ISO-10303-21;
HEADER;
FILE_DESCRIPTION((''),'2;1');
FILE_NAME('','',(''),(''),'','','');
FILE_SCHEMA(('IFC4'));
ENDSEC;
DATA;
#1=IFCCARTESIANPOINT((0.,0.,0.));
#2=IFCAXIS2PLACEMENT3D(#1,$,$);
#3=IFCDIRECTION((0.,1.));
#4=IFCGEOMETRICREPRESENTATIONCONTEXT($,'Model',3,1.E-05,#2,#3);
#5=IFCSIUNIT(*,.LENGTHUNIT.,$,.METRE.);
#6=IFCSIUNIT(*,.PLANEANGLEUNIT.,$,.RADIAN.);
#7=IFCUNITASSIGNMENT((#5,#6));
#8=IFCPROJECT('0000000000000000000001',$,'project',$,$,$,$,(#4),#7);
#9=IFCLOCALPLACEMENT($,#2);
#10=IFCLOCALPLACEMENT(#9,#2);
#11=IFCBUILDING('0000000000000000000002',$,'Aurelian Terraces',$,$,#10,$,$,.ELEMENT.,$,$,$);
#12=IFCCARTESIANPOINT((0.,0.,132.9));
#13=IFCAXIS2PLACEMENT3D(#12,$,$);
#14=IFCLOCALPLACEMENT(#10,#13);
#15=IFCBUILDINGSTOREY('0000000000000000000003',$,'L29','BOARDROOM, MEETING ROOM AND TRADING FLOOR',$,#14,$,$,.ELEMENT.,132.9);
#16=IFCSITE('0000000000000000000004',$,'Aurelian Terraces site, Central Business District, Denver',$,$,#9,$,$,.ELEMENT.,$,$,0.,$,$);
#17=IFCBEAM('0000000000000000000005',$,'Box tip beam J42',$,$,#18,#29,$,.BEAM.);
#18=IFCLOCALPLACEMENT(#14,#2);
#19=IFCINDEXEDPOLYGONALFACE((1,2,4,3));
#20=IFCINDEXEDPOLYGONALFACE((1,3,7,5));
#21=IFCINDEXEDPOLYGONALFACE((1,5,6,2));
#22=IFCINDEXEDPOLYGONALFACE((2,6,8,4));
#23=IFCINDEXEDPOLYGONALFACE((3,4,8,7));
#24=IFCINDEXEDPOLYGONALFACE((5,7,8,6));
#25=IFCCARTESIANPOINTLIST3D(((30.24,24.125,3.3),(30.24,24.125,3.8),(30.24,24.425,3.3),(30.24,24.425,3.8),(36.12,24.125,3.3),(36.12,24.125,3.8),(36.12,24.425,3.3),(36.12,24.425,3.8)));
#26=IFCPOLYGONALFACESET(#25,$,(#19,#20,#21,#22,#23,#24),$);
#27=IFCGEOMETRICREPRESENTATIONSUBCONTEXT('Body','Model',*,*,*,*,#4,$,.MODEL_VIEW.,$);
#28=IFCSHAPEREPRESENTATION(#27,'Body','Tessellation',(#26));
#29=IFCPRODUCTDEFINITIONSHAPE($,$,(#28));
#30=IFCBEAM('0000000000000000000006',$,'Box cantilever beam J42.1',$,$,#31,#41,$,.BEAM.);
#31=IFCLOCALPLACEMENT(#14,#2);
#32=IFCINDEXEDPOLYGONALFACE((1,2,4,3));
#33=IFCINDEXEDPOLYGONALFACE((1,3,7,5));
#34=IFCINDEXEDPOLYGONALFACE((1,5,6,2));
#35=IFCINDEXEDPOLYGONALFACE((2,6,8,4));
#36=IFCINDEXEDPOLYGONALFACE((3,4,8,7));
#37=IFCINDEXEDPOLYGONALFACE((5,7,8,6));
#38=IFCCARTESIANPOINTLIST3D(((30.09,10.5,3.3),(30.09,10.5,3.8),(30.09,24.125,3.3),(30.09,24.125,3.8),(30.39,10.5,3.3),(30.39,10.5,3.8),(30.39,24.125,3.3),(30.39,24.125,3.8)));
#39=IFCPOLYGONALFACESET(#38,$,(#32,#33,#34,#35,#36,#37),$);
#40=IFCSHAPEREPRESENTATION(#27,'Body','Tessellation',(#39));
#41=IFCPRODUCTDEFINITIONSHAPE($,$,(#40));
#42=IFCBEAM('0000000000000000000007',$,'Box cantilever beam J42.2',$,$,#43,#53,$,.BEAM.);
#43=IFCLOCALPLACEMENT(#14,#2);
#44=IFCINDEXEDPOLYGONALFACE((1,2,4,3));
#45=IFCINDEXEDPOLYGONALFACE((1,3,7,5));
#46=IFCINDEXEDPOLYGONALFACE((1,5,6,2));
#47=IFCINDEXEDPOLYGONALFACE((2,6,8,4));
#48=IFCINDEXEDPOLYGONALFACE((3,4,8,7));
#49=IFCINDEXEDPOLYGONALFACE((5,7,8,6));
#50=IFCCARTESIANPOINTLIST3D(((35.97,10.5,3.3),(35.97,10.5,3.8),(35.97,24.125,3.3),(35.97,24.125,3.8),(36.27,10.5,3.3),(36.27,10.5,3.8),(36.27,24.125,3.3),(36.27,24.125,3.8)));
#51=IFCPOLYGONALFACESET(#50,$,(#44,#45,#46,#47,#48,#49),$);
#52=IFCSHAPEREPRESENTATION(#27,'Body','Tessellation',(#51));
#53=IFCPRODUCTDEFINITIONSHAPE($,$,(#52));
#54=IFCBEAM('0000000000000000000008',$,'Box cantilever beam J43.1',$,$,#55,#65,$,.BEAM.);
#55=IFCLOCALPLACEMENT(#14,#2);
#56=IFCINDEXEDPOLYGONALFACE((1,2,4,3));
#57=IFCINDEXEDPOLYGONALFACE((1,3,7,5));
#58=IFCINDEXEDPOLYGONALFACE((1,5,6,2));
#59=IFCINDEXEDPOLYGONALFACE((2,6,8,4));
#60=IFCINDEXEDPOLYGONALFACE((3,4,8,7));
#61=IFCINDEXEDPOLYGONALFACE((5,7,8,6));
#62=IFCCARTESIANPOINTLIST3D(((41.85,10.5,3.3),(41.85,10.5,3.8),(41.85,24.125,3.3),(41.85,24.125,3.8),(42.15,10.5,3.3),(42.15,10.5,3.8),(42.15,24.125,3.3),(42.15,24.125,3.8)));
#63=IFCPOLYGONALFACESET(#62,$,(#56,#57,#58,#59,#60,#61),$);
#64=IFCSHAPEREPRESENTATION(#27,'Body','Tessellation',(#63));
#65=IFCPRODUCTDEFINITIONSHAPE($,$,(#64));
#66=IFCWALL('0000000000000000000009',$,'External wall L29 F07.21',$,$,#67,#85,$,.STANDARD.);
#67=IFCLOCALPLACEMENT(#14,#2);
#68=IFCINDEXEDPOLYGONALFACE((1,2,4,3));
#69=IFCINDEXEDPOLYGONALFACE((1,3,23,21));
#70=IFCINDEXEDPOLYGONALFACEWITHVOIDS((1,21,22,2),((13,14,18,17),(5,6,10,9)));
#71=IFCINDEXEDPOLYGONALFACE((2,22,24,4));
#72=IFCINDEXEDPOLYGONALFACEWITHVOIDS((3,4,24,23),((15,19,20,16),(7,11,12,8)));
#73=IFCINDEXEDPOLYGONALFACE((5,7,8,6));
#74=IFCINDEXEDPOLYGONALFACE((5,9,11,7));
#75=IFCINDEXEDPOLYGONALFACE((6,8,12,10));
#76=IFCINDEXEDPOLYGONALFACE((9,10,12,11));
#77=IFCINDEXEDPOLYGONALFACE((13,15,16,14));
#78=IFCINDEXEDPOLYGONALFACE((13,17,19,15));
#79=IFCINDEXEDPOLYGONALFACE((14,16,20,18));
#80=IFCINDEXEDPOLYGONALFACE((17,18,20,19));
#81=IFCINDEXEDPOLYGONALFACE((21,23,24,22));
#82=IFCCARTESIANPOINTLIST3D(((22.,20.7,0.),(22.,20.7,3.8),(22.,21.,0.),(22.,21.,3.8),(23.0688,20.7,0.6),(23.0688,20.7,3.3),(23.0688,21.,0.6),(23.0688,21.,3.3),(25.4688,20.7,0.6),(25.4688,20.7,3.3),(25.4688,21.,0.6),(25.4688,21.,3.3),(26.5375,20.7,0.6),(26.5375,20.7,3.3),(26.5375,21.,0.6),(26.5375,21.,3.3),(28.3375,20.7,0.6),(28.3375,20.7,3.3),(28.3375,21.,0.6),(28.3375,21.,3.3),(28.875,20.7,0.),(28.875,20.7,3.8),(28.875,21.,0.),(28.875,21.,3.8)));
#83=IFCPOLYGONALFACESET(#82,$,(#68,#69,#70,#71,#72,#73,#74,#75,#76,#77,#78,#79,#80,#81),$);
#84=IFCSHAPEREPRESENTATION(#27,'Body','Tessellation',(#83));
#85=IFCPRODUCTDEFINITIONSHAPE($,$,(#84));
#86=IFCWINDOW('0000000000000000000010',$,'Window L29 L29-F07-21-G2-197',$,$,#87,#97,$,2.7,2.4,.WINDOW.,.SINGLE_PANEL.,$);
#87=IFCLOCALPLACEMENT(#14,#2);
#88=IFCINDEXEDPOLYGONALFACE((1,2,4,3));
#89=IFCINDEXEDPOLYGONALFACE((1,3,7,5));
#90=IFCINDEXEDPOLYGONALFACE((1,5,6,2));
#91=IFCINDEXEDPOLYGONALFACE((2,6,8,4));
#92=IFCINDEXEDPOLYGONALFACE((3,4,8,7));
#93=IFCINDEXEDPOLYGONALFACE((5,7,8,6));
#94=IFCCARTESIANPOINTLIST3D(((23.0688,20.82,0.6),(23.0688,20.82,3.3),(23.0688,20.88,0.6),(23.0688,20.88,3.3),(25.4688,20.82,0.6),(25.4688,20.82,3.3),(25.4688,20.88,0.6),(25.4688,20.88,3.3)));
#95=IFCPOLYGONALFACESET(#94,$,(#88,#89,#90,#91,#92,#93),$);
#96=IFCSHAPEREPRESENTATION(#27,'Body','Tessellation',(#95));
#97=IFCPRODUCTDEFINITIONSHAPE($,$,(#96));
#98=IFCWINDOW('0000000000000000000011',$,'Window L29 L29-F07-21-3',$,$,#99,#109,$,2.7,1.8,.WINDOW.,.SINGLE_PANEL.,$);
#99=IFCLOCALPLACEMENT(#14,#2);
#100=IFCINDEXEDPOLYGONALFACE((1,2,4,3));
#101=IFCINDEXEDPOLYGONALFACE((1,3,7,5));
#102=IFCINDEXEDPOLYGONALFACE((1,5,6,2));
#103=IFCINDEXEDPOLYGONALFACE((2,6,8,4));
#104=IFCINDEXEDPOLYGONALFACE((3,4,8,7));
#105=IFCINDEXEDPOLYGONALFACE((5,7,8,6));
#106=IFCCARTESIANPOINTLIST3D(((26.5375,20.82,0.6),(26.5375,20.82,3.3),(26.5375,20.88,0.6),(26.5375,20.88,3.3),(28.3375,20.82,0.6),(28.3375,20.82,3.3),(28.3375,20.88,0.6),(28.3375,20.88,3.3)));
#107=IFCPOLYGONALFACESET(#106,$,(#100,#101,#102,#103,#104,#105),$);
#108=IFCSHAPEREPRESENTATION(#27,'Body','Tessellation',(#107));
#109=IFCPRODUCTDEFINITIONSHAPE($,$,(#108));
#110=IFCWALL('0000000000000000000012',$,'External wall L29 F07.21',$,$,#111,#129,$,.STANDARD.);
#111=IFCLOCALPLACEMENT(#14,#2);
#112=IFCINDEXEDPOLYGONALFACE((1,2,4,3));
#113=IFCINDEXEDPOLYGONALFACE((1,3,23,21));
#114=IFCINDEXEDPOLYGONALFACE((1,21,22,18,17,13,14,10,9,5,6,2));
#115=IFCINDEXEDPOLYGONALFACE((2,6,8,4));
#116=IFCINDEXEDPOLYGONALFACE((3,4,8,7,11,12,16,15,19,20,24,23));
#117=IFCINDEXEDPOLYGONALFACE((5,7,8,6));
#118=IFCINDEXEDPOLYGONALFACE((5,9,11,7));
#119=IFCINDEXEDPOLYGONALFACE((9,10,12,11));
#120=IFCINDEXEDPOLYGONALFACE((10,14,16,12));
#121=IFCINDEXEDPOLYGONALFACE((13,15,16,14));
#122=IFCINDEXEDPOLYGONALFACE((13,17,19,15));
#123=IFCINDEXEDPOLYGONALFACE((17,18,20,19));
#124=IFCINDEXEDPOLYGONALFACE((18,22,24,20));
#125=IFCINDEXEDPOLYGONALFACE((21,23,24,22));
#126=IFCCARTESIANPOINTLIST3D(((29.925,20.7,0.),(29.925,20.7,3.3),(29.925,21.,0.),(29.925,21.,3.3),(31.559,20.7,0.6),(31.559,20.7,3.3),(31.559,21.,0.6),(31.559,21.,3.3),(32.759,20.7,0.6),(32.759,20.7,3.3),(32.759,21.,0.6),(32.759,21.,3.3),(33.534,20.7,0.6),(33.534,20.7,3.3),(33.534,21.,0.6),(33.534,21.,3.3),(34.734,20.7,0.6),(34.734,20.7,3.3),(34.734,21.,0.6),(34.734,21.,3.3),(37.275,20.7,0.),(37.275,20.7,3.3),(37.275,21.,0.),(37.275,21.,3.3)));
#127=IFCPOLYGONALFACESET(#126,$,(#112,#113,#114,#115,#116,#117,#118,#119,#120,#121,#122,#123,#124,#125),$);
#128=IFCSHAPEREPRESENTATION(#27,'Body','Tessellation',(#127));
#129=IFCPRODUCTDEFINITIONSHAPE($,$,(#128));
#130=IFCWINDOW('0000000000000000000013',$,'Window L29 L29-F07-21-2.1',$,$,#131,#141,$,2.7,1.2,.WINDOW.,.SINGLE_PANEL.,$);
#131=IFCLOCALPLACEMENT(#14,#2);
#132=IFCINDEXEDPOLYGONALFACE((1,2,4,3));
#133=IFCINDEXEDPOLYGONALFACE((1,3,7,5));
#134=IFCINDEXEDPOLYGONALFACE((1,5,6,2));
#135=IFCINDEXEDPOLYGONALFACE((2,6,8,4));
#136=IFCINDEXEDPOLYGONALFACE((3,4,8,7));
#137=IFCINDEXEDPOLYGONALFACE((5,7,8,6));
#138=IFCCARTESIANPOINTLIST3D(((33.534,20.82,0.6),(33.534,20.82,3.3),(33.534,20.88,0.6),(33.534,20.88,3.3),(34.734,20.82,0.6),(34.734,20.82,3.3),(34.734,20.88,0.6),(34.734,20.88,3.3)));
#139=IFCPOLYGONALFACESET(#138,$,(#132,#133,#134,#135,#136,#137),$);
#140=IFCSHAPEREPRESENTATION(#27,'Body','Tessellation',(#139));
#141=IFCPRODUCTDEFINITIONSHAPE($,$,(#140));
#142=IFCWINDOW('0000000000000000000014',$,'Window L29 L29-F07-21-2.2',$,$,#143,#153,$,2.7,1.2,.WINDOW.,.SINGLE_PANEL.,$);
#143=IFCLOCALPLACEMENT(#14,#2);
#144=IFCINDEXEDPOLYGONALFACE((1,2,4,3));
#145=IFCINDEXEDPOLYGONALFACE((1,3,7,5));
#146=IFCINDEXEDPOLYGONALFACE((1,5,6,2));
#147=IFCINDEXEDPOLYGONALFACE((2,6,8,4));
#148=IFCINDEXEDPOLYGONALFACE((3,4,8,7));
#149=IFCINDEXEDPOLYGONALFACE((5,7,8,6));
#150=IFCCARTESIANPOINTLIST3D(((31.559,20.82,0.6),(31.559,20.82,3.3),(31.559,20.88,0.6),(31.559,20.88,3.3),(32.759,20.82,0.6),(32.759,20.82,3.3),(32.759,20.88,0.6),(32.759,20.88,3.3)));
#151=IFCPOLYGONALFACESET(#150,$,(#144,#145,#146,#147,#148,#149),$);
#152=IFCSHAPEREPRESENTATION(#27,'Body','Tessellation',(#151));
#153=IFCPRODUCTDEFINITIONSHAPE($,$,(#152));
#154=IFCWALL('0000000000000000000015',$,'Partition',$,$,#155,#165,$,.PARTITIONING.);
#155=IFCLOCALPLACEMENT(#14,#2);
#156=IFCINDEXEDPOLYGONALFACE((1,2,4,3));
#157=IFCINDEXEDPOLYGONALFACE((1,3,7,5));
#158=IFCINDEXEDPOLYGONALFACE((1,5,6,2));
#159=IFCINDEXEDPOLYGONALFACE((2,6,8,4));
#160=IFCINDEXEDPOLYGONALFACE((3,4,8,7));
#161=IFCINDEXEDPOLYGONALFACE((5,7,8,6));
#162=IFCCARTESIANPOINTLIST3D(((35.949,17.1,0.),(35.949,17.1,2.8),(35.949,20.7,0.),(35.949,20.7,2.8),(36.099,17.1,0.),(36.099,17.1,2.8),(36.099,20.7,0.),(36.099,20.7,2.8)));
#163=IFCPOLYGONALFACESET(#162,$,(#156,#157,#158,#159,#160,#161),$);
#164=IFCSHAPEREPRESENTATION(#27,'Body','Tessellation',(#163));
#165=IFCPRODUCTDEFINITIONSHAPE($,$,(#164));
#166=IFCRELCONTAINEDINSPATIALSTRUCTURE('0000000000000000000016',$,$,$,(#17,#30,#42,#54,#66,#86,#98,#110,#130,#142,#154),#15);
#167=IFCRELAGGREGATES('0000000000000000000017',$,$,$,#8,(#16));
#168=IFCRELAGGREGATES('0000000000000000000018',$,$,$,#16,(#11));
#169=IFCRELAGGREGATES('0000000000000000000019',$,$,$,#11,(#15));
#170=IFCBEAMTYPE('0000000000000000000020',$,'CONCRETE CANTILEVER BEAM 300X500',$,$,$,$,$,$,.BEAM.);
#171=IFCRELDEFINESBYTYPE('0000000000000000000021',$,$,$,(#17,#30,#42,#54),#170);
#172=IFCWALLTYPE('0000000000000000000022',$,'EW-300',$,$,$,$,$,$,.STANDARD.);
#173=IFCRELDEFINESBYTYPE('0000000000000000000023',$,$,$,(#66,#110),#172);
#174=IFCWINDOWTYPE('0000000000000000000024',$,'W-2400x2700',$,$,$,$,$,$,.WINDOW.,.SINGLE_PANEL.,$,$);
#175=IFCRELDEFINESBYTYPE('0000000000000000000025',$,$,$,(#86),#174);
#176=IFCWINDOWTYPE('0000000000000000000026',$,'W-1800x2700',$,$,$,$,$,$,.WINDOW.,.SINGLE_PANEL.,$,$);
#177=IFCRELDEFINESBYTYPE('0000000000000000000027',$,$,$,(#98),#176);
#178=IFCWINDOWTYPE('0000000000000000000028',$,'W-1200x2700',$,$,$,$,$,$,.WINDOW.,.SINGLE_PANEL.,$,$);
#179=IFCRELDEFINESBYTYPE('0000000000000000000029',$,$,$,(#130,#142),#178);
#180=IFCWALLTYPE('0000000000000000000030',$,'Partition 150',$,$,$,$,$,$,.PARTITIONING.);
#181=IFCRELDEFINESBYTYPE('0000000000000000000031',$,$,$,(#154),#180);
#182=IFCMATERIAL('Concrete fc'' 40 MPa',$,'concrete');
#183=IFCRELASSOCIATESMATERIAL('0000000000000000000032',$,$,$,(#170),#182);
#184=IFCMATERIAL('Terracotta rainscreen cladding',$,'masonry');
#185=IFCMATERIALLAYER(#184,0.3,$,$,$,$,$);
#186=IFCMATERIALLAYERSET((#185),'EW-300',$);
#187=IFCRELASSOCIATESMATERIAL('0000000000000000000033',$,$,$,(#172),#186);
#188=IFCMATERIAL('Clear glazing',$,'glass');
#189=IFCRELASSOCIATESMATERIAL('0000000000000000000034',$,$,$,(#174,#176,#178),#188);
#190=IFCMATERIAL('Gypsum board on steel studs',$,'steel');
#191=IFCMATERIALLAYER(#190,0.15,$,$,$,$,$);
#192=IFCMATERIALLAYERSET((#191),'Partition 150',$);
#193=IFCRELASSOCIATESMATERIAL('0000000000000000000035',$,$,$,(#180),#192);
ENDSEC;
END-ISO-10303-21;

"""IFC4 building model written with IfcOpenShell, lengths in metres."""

from ifc_helpers import new_model, si_unit, direction, frame, frame_2d, origin, origin_2d, place, context, subcontext, project, spatial, rectangle, extrude, source, transform, mapped, material, layer, layer_set, material_profile, profile_set, type_object, element, fill, save


model = new_model("IFC4")

# Units and contexts
model_context = context("Model", 3, precision=1e-05, world=origin(), true_north=direction((0.0, 1.0)))
body_context = subcontext(model_context, "Body", "Model", "MODEL_VIEW")
ifc_project = project(units=[si_unit("LENGTHUNIT", "METRE"), si_unit("PLANEANGLEUNIT", "RADIAN")], contexts=[model_context])

# Site, building, storey
site_placement = place(None, origin())
site = spatial("IfcSite", under=ifc_project, at=site_placement, Name="Aurelian Terraces site, Central Business District, Denver", CompositionType="ELEMENT", RefElevation=0.0)
building_placement = place(site_placement, origin())
building = spatial("IfcBuilding", under=site, at=building_placement, Name="Aurelian Terraces", CompositionType="ELEMENT")
storey_placement = place(building_placement, frame((0.0, 0.0, 132.9)))
storey = spatial("IfcBuildingStorey", under=building, at=storey_placement, Name="L29", Description="BOARDROOM, MEETING ROOM AND TRADING FLOOR", CompositionType="ELEMENT", Elevation=132.9)

# Beams
ifc_material_1 = material(Name="Concrete fc' 40 MPa", Category="concrete")
ifc_material_profile = material_profile(ifc_material_1, rectangle(XDim=0.3, YDim=0.5, at=origin_2d()))
ifc_profile_set = profile_set([ifc_material_profile], Name="Concrete fc' 40 MPa")
beam_type = type_object("IfcBeamType", Name="CONCRETE CANTILEVER BEAM 300X500", PredefinedType="BEAM", material=ifc_profile_set)
shared_shape_1 = source(origin(), body_context, "Body", "SweptSolid", [
    extrude(rectangle(XDim=0.3, YDim=0.5, at=origin_2d()), origin(), (0.0, 0.0, 1.0), 5.88),
])
beam_placement = place(storey_placement, frame((30.24, 24.275, 3.55), z_axis=(1.0, 0.0, 0.0), x_axis=(0.0, 1.0, 0.0)))
element("IfcBeam", 1, at=beam_placement, inside=storey, type_object=beam_type, Name="Box tip beam J42", PredefinedType="BEAM", context=body_context, shape_type="MappedRepresentation", body=[
    mapped(shared_shape_1, transform((0.0, 0.0, 0.0), scale=1.0)),
])
shared_shape_2 = source(origin(), body_context, "Body", "SweptSolid", [
    extrude(rectangle(XDim=0.3, YDim=0.5, at=origin_2d()), origin(), (0.0, 0.0, 1.0), 13.625),
])
for number, where, z_axis, x_axis, name in (
    (2, (30.24, 24.125, 3.55), (0.0, -1.0, 0.0), (1.0, 0.0, 0.0), "Box cantilever beam J42.1"),
    (3, (36.12, 24.125, 3.55), (0.0, -1.0, 0.0), (1.0, 0.0, 0.0), "Box cantilever beam J42.2"),
    (4, (42.0, 24.125, 3.55), (0.0, -1.0, 0.0), (1.0, 0.0, 0.0), "Box cantilever beam J43.1"),
):
    element("IfcBeam", number, at=place(storey_placement, frame(where, z_axis=z_axis, x_axis=x_axis)), inside=storey, type_object=beam_type, Name=name, PredefinedType="BEAM", context=body_context, shape_type="MappedRepresentation", body=[
        mapped(shared_shape_2, transform((0.0, 0.0, 0.0), scale=1.0)),
    ])

# Walls, openings, windows
ifc_material_2 = material(Name="Terracotta rainscreen cladding", Category="masonry")
ifc_layer_1 = layer(ifc_material_2, 0.3)
ifc_layer_set_1 = layer_set([ifc_layer_1], Name="EW-300")
wall_type_1 = type_object("IfcWallType", Name="EW-300", PredefinedType="STANDARD", material=ifc_layer_set_1)
shared_shape_3 = source(origin(), body_context, "Body", "SweptSolid", [
    extrude(rectangle(XDim=6.875, YDim=0.3, at=frame_2d((3.4375, 0.0))), origin(), (0.0, 0.0, 1.0), 3.8),
])
wall_1_placement = place(storey_placement, frame((28.875, 20.85, 0.0), z_axis=(0.0, 0.0, 1.0), x_axis=(-1.0, 0.0, 0.0)))
wall_1 = element("IfcWall", 5, at=wall_1_placement, inside=storey, type_object=wall_type_1, Name="External wall L29 F07.21", PredefinedType="STANDARD", context=body_context, shape_type="MappedRepresentation", body=[
    mapped(shared_shape_3, transform((0.0, 0.0, 0.0), scale=1.0)),
])
shared_shape_4 = source(origin(), body_context, "Body", "SweptSolid", [
    extrude(rectangle(XDim=1.8, YDim=2.7, at=frame_2d((0.9, 1.35))), frame((0.0, 0.16, 0.0), z_axis=(0.0, -1.0, 0.0), x_axis=(1.0, 0.0, 0.0)), (0.0, 0.0, 1.0), 0.32),
])
opening_1_placement = place(wall_1_placement, frame((0.5375, 0.0, 0.6)))
opening_1 = element("IfcOpeningElement", 6, at=opening_1_placement, cuts=wall_1, PredefinedType="OPENING", context=body_context, shape_type="MappedRepresentation", body=[
    mapped(shared_shape_4, transform((0.0, 0.0, 0.0), scale=1.0)),
])
shared_shape_5 = source(origin(), body_context, "Body", "SweptSolid", [
    extrude(rectangle(XDim=2.4, YDim=2.7, at=frame_2d((1.2, 1.35))), frame((0.0, 0.16, 0.0), z_axis=(0.0, -1.0, 0.0), x_axis=(1.0, 0.0, 0.0)), (0.0, 0.0, 1.0), 0.32),
])
opening_2_placement = place(wall_1_placement, frame((3.4062, 0.0, 0.6)))
opening_2 = element("IfcOpeningElement", 7, at=opening_2_placement, cuts=wall_1, PredefinedType="OPENING", context=body_context, shape_type="MappedRepresentation", body=[
    mapped(shared_shape_5, transform((0.0, 0.0, 0.0), scale=1.0)),
])
ifc_material_3 = material(Name="Clear glazing", Category="glass")
window_type_1 = type_object("IfcWindowType", Name="W-2400x2700", PartitioningType="SINGLE_PANEL", PredefinedType="WINDOW", material=ifc_material_3)
shared_shape_6 = source(origin(), body_context, "Body", "SweptSolid", [
    extrude(rectangle(XDim=2.4, YDim=2.7, at=frame_2d((1.2, 1.35))), frame((0.0, 0.03, 0.0), z_axis=(0.0, -1.0, 0.0), x_axis=(1.0, 0.0, 0.0)), (0.0, 0.0, 1.0), 0.06),
])
window_1_placement = place(opening_2_placement, origin())
window_1 = element("IfcWindow", 8, at=window_1_placement, inside=storey, type_object=window_type_1, Name="Window L29 L29-F07-21-G2-197", OverallHeight=2.7, OverallWidth=2.4, PartitioningType="SINGLE_PANEL", PredefinedType="WINDOW", context=body_context, shape_type="MappedRepresentation", body=[
    mapped(shared_shape_6, transform((0.0, 0.0, 0.0), scale=1.0)),
])
fill(opening_2, window_1)
window_type_2 = type_object("IfcWindowType", Name="W-1800x2700", PartitioningType="SINGLE_PANEL", PredefinedType="WINDOW", material=ifc_material_3)
shared_shape_7 = source(origin(), body_context, "Body", "SweptSolid", [
    extrude(rectangle(XDim=1.8, YDim=2.7, at=frame_2d((0.9, 1.35))), frame((0.0, 0.03, 0.0), z_axis=(0.0, -1.0, 0.0), x_axis=(1.0, 0.0, 0.0)), (0.0, 0.0, 1.0), 0.06),
])
window_2_placement = place(opening_1_placement, origin())
window_2 = element("IfcWindow", 9, at=window_2_placement, inside=storey, type_object=window_type_2, Name="Window L29 L29-F07-21-3", OverallHeight=2.7, OverallWidth=1.8, PartitioningType="SINGLE_PANEL", PredefinedType="WINDOW", context=body_context, shape_type="MappedRepresentation", body=[
    mapped(shared_shape_7, transform((0.0, 0.0, 0.0), scale=1.0)),
])
fill(opening_1, window_2)
shared_shape_8 = source(origin(), body_context, "Body", "SweptSolid", [
    extrude(rectangle(XDim=7.35, YDim=0.3, at=frame_2d((3.675, 0.0))), origin(), (0.0, 0.0, 1.0), 3.3),
])
wall_2_placement = place(storey_placement, frame((37.275, 20.85, 0.0), z_axis=(0.0, 0.0, 1.0), x_axis=(-1.0, 0.0, 0.0)))
wall_2 = element("IfcWall", 10, at=wall_2_placement, inside=storey, type_object=wall_type_1, Name="External wall L29 F07.21", PredefinedType="STANDARD", context=body_context, shape_type="MappedRepresentation", body=[
    mapped(shared_shape_8, transform((0.0, 0.0, 0.0), scale=1.0)),
])
shared_shape_9 = source(origin(), body_context, "Body", "SweptSolid", [
    extrude(rectangle(XDim=1.2, YDim=2.7, at=frame_2d((0.6, 1.35))), frame((0.0, 0.16, 0.0), z_axis=(0.0, -1.0, 0.0), x_axis=(1.0, 0.0, 0.0)), (0.0, 0.0, 1.0), 0.32),
])
opening_3_placement = place(wall_2_placement, frame((2.541, 0.0, 0.6)))
opening_3 = element("IfcOpeningElement", 11, at=opening_3_placement, cuts=wall_2, PredefinedType="OPENING", context=body_context, shape_type="MappedRepresentation", body=[
    mapped(shared_shape_9, transform((0.0, 0.0, 0.0), scale=1.0)),
])
opening_4_placement = place(wall_2_placement, frame((4.516, 0.0, 0.6)))
opening_4 = element("IfcOpeningElement", 12, at=opening_4_placement, cuts=wall_2, PredefinedType="OPENING", context=body_context, shape_type="MappedRepresentation", body=[
    mapped(shared_shape_9, transform((0.0, 0.0, 0.0), scale=1.0)),
])
window_type_3 = type_object("IfcWindowType", Name="W-1200x2700", PartitioningType="SINGLE_PANEL", PredefinedType="WINDOW", material=ifc_material_3)
shared_shape_10 = source(origin(), body_context, "Body", "SweptSolid", [
    extrude(rectangle(XDim=1.2, YDim=2.7, at=frame_2d((0.6, 1.35))), frame((0.0, 0.03, 0.0), z_axis=(0.0, -1.0, 0.0), x_axis=(1.0, 0.0, 0.0)), (0.0, 0.0, 1.0), 0.06),
])
window_3_placement = place(opening_3_placement, origin())
window_3 = element("IfcWindow", 13, at=window_3_placement, inside=storey, type_object=window_type_3, Name="Window L29 L29-F07-21-2.1", OverallHeight=2.7, OverallWidth=1.2, PartitioningType="SINGLE_PANEL", PredefinedType="WINDOW", context=body_context, shape_type="MappedRepresentation", body=[
    mapped(shared_shape_10, transform((0.0, 0.0, 0.0), scale=1.0)),
])
fill(opening_3, window_3)
window_4_placement = place(opening_4_placement, origin())
window_4 = element("IfcWindow", 14, at=window_4_placement, inside=storey, type_object=window_type_3, Name="Window L29 L29-F07-21-2.2", OverallHeight=2.7, OverallWidth=1.2, PartitioningType="SINGLE_PANEL", PredefinedType="WINDOW", context=body_context, shape_type="MappedRepresentation", body=[
    mapped(shared_shape_10, transform((0.0, 0.0, 0.0), scale=1.0)),
])
fill(opening_4, window_4)

# Wall
ifc_material_4 = material(Name="Gypsum board on steel studs", Category="steel")
ifc_layer_2 = layer(ifc_material_4, 0.15)
ifc_layer_set_2 = layer_set([ifc_layer_2], Name="Partition 150")
wall_type_2 = type_object("IfcWallType", Name="Partition 150", PredefinedType="PARTITIONING", material=ifc_layer_set_2)
shared_shape_11 = source(origin(), body_context, "Body", "SweptSolid", [
    extrude(rectangle(XDim=3.6, YDim=0.15, at=frame_2d((1.8, 0.0))), origin(), (0.0, 0.0, 1.0), 2.8),
])
for number, where, z_axis, x_axis, name in (
    (15, (36.024, 20.7, 0.0), (0.0, 0.0, 1.0), (0.0, -1.0, 0.0), "Partition"),
):
    element("IfcWall", number, at=place(storey_placement, frame(where, z_axis=z_axis, x_axis=x_axis)), inside=storey, type_object=wall_type_2, Name=name, PredefinedType="PARTITIONING", context=body_context, shape_type="MappedRepresentation", body=[
        mapped(shared_shape_11, transform((0.0, 0.0, 0.0), scale=1.0)),
    ])

save(model, "model.ifc")
